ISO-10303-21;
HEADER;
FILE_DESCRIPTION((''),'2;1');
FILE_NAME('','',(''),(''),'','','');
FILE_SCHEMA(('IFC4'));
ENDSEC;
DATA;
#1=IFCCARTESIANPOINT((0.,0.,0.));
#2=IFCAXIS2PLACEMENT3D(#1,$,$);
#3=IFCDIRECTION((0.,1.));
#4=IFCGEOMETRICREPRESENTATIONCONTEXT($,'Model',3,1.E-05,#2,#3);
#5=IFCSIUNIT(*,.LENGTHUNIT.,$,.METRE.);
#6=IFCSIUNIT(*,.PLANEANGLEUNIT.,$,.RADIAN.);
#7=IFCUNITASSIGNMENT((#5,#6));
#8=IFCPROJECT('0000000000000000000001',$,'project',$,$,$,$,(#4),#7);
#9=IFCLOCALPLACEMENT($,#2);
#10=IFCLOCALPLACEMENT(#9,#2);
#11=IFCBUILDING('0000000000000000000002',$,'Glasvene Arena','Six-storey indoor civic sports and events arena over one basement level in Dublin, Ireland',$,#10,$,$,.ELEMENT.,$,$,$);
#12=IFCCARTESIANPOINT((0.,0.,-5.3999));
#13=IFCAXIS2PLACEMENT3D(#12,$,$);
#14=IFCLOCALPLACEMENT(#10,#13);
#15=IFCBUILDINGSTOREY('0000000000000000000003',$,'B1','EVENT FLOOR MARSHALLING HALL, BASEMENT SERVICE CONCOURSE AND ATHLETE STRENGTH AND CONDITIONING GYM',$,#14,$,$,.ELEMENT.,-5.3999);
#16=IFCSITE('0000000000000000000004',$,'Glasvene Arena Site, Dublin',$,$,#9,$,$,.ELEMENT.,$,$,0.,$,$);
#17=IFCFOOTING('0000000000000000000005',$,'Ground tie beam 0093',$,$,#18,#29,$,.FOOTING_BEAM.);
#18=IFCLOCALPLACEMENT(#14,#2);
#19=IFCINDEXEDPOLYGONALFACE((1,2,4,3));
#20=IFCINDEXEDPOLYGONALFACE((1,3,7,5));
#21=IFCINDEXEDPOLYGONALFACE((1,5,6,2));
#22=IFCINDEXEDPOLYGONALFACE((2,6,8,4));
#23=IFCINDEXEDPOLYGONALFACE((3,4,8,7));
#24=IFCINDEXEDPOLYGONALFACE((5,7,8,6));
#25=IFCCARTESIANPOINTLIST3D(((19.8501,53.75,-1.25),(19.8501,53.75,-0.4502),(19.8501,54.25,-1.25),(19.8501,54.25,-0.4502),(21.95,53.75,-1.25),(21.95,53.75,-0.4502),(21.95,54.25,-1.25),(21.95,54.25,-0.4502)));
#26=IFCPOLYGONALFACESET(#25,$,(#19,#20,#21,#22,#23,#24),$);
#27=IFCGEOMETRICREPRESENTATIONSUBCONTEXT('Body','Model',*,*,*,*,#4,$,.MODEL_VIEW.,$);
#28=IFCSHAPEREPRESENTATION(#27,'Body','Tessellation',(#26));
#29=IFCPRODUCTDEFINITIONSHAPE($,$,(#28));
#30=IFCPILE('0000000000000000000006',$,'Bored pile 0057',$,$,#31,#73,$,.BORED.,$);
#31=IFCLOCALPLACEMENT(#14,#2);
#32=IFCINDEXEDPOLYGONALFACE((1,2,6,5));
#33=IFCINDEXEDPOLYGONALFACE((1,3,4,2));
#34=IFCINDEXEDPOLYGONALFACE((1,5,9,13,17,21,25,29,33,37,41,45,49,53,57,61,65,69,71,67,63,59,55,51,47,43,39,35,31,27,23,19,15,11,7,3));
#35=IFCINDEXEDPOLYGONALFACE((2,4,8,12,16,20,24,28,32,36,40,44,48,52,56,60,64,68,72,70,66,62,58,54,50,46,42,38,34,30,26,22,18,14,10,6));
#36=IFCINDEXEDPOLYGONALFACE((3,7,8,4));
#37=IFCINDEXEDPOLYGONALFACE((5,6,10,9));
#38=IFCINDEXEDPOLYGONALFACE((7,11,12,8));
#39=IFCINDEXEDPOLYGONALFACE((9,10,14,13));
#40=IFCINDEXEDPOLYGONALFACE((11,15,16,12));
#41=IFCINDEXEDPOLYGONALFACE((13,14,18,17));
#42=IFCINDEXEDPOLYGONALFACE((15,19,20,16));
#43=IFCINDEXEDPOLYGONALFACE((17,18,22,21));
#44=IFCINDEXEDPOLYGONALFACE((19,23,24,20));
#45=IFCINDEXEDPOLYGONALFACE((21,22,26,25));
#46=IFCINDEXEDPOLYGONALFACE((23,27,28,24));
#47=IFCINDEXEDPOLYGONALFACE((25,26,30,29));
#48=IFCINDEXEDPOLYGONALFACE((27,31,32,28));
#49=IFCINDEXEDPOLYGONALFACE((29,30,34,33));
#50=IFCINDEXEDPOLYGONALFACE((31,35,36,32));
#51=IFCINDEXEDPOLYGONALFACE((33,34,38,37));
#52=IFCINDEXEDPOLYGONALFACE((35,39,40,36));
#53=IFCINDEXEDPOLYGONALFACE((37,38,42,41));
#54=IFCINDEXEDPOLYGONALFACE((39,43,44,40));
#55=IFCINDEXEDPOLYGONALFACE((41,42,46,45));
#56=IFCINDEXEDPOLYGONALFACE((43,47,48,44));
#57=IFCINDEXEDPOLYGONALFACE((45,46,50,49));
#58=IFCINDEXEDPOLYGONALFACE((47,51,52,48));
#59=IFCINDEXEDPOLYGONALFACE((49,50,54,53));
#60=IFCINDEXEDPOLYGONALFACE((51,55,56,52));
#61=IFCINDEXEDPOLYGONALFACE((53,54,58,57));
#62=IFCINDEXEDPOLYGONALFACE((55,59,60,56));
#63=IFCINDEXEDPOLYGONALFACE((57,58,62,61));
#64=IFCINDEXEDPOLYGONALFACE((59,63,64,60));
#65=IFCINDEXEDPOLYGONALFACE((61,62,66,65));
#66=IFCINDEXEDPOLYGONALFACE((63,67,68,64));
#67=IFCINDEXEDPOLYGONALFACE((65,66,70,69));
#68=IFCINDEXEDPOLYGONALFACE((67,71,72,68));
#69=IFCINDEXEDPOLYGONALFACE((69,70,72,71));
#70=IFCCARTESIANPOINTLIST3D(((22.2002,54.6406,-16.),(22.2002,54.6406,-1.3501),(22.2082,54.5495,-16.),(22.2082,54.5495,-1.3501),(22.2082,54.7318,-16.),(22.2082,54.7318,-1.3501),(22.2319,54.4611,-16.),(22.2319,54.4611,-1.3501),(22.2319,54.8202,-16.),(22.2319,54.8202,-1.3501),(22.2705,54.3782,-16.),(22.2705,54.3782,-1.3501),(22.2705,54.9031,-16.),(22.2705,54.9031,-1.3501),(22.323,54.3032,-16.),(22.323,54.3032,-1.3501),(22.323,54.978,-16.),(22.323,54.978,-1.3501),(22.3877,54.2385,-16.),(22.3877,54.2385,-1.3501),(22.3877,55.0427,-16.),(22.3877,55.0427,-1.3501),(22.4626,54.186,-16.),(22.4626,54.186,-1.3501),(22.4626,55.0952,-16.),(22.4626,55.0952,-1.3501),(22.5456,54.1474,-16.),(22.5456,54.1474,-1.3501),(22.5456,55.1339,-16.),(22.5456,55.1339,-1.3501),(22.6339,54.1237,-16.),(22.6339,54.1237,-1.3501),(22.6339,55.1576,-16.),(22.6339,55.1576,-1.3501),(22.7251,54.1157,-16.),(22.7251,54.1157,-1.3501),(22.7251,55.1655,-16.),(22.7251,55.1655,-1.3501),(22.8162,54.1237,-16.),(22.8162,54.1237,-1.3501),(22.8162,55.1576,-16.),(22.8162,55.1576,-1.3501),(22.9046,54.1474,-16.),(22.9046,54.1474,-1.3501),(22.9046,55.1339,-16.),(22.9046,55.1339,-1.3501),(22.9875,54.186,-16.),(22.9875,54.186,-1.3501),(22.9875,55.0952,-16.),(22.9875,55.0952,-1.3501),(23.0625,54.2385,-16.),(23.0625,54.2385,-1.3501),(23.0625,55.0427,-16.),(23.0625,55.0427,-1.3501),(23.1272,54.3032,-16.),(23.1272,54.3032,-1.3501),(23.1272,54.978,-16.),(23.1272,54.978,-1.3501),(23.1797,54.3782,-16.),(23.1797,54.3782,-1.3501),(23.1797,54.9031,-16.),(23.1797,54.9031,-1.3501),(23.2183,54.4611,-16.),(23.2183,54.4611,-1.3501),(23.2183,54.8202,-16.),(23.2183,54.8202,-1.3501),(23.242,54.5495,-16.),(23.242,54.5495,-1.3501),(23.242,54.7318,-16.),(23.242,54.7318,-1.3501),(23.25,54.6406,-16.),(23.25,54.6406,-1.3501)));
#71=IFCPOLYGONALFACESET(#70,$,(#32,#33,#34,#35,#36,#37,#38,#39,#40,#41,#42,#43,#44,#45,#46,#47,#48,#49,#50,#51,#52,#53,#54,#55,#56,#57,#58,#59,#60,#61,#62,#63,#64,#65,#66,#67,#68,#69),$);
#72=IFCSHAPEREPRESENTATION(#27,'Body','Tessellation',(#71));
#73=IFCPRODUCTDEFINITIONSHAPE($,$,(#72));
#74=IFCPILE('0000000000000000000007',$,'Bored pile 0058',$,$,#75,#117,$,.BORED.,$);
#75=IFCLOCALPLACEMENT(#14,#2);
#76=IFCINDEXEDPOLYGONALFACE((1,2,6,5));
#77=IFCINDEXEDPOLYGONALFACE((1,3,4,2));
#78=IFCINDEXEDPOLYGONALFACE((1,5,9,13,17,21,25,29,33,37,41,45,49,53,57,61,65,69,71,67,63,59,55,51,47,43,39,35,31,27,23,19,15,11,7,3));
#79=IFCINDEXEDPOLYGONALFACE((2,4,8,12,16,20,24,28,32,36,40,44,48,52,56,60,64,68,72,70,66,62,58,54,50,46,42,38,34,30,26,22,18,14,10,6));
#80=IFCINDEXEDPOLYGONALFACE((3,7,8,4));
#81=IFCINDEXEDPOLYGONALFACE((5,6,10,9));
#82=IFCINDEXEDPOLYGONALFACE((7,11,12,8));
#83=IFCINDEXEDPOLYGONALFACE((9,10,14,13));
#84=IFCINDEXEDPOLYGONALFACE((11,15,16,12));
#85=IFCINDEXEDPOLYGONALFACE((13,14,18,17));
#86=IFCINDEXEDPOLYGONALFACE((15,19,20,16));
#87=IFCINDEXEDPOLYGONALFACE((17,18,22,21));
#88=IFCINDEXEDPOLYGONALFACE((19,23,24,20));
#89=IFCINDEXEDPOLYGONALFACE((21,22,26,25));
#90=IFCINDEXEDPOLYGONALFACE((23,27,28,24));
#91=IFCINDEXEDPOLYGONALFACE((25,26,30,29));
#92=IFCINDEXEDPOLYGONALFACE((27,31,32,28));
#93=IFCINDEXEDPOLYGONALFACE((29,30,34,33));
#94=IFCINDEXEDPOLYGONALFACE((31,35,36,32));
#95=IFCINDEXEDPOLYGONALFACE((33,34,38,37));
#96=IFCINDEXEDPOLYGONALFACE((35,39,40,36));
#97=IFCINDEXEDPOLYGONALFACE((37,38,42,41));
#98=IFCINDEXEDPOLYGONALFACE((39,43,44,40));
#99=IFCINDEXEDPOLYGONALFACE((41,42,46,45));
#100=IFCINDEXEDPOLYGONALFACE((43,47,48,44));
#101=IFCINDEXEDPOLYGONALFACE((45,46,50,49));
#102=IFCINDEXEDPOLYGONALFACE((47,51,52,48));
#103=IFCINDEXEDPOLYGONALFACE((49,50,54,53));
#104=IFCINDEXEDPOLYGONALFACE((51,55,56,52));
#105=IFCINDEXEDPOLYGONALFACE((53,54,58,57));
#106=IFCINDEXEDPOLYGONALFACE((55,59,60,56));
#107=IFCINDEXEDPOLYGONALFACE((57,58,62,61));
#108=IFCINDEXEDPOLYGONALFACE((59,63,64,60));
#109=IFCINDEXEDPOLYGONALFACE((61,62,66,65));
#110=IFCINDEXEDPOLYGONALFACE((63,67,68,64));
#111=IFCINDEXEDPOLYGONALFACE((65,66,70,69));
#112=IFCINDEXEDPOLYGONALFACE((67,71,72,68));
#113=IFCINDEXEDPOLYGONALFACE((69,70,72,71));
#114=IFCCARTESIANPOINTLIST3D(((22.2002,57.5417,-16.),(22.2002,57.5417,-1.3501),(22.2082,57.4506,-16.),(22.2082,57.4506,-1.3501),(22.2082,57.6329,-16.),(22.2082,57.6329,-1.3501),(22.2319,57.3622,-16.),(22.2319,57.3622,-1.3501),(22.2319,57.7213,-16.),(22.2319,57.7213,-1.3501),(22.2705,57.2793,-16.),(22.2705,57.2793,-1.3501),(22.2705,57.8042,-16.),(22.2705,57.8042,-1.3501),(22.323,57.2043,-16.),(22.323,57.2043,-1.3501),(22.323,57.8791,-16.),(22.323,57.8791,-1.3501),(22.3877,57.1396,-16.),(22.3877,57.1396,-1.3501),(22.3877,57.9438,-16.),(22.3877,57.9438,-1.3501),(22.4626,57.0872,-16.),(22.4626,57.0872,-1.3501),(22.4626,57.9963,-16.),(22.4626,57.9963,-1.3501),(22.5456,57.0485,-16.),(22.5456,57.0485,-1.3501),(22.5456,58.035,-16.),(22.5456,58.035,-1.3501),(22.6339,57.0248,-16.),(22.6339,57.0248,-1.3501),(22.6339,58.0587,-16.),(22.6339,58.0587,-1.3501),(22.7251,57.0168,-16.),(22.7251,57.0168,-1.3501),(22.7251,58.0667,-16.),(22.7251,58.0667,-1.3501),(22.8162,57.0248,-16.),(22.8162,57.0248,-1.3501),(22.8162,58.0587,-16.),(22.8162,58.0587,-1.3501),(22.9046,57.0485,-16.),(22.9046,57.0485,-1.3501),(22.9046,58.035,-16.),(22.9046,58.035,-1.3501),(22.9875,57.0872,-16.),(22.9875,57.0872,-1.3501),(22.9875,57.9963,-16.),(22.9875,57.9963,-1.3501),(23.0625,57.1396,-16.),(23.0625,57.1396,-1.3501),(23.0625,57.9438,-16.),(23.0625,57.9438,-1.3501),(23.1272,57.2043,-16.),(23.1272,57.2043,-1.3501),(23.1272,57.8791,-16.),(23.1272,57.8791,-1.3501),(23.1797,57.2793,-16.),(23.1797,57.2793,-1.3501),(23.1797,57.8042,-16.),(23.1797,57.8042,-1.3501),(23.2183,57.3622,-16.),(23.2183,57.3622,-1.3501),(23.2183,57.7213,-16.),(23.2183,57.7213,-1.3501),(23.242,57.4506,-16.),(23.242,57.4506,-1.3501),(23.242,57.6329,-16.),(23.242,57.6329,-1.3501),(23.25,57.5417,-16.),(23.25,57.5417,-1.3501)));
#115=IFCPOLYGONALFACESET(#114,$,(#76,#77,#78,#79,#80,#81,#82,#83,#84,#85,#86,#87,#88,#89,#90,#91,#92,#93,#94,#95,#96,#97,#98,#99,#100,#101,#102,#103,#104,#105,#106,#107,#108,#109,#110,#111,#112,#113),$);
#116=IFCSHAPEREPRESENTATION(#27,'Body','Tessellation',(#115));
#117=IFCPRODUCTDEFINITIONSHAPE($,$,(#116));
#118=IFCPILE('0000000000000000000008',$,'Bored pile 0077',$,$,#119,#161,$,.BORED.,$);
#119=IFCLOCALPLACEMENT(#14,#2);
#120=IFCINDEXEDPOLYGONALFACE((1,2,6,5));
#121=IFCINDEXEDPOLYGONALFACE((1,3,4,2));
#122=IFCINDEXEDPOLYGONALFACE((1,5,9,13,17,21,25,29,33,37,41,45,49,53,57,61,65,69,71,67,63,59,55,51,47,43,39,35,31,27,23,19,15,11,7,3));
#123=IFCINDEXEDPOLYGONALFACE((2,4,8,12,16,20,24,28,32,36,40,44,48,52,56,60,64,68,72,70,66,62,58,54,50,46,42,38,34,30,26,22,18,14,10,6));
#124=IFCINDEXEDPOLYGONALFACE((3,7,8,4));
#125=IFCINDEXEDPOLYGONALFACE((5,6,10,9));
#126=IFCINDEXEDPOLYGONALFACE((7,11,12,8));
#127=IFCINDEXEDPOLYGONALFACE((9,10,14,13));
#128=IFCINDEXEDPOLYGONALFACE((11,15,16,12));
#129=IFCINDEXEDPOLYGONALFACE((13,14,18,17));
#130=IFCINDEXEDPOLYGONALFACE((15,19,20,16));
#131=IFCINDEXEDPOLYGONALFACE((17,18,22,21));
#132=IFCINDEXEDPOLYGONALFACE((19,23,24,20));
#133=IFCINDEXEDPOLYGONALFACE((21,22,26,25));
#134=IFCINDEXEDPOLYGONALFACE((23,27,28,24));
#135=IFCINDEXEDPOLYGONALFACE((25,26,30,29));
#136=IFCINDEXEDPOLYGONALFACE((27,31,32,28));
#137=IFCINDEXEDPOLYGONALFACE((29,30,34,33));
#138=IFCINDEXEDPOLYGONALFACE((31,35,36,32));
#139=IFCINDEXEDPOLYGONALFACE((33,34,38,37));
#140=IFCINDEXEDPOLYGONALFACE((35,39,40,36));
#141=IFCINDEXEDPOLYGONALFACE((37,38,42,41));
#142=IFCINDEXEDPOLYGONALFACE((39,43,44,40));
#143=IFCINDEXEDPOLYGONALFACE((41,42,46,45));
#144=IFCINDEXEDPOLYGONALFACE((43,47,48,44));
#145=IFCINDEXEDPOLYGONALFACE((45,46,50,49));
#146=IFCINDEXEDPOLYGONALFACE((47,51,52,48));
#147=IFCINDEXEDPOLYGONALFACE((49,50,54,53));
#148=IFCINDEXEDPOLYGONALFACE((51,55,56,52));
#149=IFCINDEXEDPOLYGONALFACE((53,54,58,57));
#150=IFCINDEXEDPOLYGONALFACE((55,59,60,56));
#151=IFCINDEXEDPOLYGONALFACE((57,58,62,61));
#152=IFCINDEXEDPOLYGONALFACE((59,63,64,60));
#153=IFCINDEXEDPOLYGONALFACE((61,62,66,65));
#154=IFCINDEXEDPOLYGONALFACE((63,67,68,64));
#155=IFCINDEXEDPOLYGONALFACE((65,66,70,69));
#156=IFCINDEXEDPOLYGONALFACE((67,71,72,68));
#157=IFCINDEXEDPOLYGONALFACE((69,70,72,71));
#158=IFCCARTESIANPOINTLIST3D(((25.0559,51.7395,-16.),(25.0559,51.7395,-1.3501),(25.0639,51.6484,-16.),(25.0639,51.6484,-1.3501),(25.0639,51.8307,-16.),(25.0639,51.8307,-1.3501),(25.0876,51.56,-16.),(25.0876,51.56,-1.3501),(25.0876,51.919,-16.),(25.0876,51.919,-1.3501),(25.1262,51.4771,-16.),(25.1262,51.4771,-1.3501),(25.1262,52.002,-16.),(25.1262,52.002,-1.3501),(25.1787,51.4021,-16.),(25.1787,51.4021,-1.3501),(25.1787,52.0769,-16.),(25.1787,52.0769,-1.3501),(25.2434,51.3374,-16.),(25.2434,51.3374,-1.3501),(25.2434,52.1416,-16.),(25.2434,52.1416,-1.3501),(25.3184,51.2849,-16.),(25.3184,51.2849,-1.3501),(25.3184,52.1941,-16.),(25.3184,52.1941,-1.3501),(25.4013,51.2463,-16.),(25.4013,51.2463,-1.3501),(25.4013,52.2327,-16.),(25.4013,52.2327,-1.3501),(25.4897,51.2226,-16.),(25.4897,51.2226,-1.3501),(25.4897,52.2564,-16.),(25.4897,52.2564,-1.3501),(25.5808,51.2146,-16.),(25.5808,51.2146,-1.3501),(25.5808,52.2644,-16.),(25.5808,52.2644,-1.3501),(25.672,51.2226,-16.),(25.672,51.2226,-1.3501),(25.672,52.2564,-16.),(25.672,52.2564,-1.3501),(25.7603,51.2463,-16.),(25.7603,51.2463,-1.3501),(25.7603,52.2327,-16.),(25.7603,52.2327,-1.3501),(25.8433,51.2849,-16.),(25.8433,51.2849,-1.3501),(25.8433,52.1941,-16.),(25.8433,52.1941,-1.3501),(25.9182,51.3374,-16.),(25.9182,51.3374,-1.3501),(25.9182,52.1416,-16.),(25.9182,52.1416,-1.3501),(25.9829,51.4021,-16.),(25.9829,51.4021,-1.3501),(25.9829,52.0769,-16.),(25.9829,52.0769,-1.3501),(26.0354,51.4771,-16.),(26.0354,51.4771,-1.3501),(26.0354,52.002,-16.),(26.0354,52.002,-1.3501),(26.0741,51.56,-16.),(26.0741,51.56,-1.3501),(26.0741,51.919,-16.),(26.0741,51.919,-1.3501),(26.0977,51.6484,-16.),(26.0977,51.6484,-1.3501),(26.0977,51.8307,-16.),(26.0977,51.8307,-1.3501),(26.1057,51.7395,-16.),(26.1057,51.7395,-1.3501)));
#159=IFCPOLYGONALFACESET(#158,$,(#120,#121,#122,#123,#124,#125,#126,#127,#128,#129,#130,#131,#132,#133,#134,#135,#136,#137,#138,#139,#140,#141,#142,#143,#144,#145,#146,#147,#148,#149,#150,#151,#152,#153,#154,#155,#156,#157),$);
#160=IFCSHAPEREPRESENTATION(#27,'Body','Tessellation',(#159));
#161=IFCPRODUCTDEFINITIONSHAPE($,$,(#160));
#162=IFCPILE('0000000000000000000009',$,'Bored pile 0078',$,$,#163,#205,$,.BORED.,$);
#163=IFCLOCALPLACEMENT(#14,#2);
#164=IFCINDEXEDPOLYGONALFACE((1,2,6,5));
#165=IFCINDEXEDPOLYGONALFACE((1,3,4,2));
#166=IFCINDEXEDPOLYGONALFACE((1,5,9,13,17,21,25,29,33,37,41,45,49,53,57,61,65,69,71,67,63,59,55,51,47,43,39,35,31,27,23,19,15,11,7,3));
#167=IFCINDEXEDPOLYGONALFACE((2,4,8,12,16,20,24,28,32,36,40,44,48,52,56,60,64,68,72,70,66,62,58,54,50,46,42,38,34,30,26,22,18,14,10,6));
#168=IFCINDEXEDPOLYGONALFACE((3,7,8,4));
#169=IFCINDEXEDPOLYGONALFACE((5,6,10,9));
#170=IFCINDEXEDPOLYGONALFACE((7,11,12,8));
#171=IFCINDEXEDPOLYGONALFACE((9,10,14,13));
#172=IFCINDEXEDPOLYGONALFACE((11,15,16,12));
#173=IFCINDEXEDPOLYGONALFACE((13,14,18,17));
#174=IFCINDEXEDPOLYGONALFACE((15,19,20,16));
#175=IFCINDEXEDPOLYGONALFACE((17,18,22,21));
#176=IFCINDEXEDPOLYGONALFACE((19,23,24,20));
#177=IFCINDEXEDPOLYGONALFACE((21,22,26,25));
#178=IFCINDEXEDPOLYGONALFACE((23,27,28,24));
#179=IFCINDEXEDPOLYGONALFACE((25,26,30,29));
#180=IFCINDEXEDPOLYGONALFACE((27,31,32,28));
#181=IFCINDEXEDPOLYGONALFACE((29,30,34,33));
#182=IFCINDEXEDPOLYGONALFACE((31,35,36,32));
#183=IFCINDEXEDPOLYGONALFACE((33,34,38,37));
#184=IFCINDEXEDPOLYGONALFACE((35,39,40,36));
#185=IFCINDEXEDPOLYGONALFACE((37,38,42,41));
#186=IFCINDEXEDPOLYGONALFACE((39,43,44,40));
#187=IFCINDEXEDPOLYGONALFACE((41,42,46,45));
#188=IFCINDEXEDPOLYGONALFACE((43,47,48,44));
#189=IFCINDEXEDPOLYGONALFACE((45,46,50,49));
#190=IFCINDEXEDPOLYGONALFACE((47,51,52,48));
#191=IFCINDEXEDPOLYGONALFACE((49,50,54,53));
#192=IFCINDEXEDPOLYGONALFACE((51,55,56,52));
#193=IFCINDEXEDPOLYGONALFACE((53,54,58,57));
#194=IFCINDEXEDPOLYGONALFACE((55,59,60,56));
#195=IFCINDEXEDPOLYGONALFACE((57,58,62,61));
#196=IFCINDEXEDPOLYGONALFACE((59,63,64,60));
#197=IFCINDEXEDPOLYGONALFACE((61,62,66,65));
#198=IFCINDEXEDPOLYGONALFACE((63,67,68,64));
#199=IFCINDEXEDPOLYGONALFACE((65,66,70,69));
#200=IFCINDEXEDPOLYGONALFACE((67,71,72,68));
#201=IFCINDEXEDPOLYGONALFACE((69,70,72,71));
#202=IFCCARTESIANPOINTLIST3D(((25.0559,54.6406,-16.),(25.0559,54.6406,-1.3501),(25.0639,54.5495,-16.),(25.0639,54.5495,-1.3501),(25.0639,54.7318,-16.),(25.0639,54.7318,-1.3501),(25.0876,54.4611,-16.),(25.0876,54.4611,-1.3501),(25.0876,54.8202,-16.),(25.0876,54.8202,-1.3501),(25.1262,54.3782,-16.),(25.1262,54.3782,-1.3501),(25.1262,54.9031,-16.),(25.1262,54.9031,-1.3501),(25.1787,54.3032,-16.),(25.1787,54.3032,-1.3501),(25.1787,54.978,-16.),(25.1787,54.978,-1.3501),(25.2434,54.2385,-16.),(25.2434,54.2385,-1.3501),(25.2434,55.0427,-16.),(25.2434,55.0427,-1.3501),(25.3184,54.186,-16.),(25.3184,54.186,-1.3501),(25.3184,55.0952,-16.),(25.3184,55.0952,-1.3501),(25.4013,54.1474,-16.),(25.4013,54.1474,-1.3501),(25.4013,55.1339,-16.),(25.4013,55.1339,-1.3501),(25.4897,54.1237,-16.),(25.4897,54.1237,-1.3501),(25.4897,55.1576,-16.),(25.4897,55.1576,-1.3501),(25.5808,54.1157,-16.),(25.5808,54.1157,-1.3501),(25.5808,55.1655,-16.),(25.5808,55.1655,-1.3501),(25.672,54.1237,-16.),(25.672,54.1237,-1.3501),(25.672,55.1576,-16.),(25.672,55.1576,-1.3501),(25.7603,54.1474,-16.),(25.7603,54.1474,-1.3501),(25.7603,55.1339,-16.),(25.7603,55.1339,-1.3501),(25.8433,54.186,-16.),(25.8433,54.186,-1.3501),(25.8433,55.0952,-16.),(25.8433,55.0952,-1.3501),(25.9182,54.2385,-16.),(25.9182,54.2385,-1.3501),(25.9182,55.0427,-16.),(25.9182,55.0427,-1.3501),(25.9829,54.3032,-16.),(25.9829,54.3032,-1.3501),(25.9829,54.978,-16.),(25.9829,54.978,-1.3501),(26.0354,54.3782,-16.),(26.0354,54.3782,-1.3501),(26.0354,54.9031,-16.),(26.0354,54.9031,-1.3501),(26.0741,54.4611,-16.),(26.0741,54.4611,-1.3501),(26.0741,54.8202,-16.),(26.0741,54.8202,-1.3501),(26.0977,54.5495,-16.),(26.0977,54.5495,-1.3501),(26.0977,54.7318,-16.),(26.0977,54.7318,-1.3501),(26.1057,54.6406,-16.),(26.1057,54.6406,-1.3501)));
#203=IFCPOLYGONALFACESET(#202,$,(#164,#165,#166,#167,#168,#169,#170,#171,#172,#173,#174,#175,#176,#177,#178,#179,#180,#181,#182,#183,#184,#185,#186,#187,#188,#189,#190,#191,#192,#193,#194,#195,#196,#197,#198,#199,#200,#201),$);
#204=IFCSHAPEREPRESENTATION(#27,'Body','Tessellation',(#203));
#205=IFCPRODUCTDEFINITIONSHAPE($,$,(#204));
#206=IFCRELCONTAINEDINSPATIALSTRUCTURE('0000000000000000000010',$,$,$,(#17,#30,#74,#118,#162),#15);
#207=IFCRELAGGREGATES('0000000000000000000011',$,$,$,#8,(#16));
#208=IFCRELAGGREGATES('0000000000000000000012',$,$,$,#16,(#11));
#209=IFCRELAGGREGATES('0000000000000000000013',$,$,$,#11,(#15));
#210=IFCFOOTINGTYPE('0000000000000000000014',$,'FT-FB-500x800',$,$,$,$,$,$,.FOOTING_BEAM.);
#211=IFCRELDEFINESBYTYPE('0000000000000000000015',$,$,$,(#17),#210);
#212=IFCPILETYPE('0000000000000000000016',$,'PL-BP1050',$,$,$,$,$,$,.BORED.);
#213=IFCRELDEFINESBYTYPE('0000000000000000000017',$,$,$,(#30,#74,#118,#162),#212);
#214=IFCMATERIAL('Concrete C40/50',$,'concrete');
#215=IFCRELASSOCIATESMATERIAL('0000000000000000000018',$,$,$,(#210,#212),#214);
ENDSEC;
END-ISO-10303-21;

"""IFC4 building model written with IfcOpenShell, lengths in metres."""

from ifc_helpers import new_model, si_unit, direction, frame, origin, origin_2d, place, context, subcontext, project, spatial, polyline, circle, outline, extrude, material, material_profile, profile_set, type_object, element, save


model = new_model("IFC4")

# Units and contexts
model_context = context("Model", 3, precision=1e-05, world=origin(), true_north=direction((0.0, 1.0)))
body_context = subcontext(model_context, "Body", "Model", "MODEL_VIEW")
ifc_project = project(units=[si_unit("LENGTHUNIT", "METRE"), si_unit("PLANEANGLEUNIT", "RADIAN")], contexts=[model_context])

# Site, building, storey
site_placement = place(None, origin())
site = spatial("IfcSite", under=ifc_project, at=site_placement, Name="Glasvene Arena Site, Dublin", CompositionType="ELEMENT", RefElevation=0.0)
building_placement = place(site_placement, origin())
building = spatial("IfcBuilding", under=site, at=building_placement, Name="Glasvene Arena", Description="Six-storey indoor civic sports and events arena over one basement level in Dublin, Ireland", CompositionType="ELEMENT")
storey_placement = place(building_placement, frame((0.0, 0.0, -5.3999)))
storey = spatial("IfcBuildingStorey", under=building, at=storey_placement, Name="B1", Description="EVENT FLOOR MARSHALLING HALL, BASEMENT SERVICE CONCOURSE AND ATHLETE STRENGTH AND CONDITIONING GYM", CompositionType="ELEMENT", Elevation=-5.3999)

# Footing
ifc_material_1 = material(Name="Concrete C40/50", Category="concrete")
footing_type = type_object("IfcFootingType", Name="FT-FB-500x800", PredefinedType="FOOTING_BEAM", material=ifc_material_1)
footing_placement = place(storey_placement, frame((20.8999, 54.0, -1.25)))
element("IfcFooting", 1, at=footing_placement, inside=storey, type_object=footing_type, Name="Ground tie beam 0093", PredefinedType="FOOTING_BEAM", context=body_context, shape_type="SweptSolid", body=[
    extrude(outline(polyline([(-1.0498, -0.25), (1.05, -0.25), (1.05, 0.25), (-1.0498, 0.25), (-1.0498, -0.25)])), origin(), (0.0, 0.0, 1.0), 0.7998),
])

# Piles
ifc_material_profile_1 = material_profile(ifc_material_1, circle(Radius=0.5249, at=origin_2d()), Name="BORED PILE 1050")
ifc_profile_set_1 = profile_set([ifc_material_profile_1], Name="Concrete C40/50")
pile_type = type_object("IfcPileType", Name="PL-BP1050", PredefinedType="BORED", material=ifc_profile_set_1)
for number, where, z_axis, x_axis, name in (
    (2, (22.7251, 54.6406, -1.3501), (0.0, 0.0, -1.0), (1.0, 0.0, 0.0), "Bored pile 0057"),
    (3, (22.7251, 57.5417, -1.3501), (0.0, 0.0, -1.0), (1.0, 0.0, 0.0), "Bored pile 0058"),
    (4, (25.5808, 51.7395, -1.3501), (0.0, 0.0, -1.0), (1.0, 0.0, 0.0), "Bored pile 0077"),
    (5, (25.5808, 54.6406, -1.3501), (0.0, 0.0, -1.0), (1.0, 0.0, 0.0), "Bored pile 0078"),
):
    element("IfcPile", number, at=place(storey_placement, frame(where, z_axis=z_axis, x_axis=x_axis)), inside=storey, type_object=pile_type, Name=name, PredefinedType="BORED", context=body_context, shape_type="SweptSolid", body=[
        extrude(circle(Radius=0.5249, at=origin_2d()), origin(), (0.0, 0.0, 1.0), 14.6499),
    ])

save(model, "model.ifc")
